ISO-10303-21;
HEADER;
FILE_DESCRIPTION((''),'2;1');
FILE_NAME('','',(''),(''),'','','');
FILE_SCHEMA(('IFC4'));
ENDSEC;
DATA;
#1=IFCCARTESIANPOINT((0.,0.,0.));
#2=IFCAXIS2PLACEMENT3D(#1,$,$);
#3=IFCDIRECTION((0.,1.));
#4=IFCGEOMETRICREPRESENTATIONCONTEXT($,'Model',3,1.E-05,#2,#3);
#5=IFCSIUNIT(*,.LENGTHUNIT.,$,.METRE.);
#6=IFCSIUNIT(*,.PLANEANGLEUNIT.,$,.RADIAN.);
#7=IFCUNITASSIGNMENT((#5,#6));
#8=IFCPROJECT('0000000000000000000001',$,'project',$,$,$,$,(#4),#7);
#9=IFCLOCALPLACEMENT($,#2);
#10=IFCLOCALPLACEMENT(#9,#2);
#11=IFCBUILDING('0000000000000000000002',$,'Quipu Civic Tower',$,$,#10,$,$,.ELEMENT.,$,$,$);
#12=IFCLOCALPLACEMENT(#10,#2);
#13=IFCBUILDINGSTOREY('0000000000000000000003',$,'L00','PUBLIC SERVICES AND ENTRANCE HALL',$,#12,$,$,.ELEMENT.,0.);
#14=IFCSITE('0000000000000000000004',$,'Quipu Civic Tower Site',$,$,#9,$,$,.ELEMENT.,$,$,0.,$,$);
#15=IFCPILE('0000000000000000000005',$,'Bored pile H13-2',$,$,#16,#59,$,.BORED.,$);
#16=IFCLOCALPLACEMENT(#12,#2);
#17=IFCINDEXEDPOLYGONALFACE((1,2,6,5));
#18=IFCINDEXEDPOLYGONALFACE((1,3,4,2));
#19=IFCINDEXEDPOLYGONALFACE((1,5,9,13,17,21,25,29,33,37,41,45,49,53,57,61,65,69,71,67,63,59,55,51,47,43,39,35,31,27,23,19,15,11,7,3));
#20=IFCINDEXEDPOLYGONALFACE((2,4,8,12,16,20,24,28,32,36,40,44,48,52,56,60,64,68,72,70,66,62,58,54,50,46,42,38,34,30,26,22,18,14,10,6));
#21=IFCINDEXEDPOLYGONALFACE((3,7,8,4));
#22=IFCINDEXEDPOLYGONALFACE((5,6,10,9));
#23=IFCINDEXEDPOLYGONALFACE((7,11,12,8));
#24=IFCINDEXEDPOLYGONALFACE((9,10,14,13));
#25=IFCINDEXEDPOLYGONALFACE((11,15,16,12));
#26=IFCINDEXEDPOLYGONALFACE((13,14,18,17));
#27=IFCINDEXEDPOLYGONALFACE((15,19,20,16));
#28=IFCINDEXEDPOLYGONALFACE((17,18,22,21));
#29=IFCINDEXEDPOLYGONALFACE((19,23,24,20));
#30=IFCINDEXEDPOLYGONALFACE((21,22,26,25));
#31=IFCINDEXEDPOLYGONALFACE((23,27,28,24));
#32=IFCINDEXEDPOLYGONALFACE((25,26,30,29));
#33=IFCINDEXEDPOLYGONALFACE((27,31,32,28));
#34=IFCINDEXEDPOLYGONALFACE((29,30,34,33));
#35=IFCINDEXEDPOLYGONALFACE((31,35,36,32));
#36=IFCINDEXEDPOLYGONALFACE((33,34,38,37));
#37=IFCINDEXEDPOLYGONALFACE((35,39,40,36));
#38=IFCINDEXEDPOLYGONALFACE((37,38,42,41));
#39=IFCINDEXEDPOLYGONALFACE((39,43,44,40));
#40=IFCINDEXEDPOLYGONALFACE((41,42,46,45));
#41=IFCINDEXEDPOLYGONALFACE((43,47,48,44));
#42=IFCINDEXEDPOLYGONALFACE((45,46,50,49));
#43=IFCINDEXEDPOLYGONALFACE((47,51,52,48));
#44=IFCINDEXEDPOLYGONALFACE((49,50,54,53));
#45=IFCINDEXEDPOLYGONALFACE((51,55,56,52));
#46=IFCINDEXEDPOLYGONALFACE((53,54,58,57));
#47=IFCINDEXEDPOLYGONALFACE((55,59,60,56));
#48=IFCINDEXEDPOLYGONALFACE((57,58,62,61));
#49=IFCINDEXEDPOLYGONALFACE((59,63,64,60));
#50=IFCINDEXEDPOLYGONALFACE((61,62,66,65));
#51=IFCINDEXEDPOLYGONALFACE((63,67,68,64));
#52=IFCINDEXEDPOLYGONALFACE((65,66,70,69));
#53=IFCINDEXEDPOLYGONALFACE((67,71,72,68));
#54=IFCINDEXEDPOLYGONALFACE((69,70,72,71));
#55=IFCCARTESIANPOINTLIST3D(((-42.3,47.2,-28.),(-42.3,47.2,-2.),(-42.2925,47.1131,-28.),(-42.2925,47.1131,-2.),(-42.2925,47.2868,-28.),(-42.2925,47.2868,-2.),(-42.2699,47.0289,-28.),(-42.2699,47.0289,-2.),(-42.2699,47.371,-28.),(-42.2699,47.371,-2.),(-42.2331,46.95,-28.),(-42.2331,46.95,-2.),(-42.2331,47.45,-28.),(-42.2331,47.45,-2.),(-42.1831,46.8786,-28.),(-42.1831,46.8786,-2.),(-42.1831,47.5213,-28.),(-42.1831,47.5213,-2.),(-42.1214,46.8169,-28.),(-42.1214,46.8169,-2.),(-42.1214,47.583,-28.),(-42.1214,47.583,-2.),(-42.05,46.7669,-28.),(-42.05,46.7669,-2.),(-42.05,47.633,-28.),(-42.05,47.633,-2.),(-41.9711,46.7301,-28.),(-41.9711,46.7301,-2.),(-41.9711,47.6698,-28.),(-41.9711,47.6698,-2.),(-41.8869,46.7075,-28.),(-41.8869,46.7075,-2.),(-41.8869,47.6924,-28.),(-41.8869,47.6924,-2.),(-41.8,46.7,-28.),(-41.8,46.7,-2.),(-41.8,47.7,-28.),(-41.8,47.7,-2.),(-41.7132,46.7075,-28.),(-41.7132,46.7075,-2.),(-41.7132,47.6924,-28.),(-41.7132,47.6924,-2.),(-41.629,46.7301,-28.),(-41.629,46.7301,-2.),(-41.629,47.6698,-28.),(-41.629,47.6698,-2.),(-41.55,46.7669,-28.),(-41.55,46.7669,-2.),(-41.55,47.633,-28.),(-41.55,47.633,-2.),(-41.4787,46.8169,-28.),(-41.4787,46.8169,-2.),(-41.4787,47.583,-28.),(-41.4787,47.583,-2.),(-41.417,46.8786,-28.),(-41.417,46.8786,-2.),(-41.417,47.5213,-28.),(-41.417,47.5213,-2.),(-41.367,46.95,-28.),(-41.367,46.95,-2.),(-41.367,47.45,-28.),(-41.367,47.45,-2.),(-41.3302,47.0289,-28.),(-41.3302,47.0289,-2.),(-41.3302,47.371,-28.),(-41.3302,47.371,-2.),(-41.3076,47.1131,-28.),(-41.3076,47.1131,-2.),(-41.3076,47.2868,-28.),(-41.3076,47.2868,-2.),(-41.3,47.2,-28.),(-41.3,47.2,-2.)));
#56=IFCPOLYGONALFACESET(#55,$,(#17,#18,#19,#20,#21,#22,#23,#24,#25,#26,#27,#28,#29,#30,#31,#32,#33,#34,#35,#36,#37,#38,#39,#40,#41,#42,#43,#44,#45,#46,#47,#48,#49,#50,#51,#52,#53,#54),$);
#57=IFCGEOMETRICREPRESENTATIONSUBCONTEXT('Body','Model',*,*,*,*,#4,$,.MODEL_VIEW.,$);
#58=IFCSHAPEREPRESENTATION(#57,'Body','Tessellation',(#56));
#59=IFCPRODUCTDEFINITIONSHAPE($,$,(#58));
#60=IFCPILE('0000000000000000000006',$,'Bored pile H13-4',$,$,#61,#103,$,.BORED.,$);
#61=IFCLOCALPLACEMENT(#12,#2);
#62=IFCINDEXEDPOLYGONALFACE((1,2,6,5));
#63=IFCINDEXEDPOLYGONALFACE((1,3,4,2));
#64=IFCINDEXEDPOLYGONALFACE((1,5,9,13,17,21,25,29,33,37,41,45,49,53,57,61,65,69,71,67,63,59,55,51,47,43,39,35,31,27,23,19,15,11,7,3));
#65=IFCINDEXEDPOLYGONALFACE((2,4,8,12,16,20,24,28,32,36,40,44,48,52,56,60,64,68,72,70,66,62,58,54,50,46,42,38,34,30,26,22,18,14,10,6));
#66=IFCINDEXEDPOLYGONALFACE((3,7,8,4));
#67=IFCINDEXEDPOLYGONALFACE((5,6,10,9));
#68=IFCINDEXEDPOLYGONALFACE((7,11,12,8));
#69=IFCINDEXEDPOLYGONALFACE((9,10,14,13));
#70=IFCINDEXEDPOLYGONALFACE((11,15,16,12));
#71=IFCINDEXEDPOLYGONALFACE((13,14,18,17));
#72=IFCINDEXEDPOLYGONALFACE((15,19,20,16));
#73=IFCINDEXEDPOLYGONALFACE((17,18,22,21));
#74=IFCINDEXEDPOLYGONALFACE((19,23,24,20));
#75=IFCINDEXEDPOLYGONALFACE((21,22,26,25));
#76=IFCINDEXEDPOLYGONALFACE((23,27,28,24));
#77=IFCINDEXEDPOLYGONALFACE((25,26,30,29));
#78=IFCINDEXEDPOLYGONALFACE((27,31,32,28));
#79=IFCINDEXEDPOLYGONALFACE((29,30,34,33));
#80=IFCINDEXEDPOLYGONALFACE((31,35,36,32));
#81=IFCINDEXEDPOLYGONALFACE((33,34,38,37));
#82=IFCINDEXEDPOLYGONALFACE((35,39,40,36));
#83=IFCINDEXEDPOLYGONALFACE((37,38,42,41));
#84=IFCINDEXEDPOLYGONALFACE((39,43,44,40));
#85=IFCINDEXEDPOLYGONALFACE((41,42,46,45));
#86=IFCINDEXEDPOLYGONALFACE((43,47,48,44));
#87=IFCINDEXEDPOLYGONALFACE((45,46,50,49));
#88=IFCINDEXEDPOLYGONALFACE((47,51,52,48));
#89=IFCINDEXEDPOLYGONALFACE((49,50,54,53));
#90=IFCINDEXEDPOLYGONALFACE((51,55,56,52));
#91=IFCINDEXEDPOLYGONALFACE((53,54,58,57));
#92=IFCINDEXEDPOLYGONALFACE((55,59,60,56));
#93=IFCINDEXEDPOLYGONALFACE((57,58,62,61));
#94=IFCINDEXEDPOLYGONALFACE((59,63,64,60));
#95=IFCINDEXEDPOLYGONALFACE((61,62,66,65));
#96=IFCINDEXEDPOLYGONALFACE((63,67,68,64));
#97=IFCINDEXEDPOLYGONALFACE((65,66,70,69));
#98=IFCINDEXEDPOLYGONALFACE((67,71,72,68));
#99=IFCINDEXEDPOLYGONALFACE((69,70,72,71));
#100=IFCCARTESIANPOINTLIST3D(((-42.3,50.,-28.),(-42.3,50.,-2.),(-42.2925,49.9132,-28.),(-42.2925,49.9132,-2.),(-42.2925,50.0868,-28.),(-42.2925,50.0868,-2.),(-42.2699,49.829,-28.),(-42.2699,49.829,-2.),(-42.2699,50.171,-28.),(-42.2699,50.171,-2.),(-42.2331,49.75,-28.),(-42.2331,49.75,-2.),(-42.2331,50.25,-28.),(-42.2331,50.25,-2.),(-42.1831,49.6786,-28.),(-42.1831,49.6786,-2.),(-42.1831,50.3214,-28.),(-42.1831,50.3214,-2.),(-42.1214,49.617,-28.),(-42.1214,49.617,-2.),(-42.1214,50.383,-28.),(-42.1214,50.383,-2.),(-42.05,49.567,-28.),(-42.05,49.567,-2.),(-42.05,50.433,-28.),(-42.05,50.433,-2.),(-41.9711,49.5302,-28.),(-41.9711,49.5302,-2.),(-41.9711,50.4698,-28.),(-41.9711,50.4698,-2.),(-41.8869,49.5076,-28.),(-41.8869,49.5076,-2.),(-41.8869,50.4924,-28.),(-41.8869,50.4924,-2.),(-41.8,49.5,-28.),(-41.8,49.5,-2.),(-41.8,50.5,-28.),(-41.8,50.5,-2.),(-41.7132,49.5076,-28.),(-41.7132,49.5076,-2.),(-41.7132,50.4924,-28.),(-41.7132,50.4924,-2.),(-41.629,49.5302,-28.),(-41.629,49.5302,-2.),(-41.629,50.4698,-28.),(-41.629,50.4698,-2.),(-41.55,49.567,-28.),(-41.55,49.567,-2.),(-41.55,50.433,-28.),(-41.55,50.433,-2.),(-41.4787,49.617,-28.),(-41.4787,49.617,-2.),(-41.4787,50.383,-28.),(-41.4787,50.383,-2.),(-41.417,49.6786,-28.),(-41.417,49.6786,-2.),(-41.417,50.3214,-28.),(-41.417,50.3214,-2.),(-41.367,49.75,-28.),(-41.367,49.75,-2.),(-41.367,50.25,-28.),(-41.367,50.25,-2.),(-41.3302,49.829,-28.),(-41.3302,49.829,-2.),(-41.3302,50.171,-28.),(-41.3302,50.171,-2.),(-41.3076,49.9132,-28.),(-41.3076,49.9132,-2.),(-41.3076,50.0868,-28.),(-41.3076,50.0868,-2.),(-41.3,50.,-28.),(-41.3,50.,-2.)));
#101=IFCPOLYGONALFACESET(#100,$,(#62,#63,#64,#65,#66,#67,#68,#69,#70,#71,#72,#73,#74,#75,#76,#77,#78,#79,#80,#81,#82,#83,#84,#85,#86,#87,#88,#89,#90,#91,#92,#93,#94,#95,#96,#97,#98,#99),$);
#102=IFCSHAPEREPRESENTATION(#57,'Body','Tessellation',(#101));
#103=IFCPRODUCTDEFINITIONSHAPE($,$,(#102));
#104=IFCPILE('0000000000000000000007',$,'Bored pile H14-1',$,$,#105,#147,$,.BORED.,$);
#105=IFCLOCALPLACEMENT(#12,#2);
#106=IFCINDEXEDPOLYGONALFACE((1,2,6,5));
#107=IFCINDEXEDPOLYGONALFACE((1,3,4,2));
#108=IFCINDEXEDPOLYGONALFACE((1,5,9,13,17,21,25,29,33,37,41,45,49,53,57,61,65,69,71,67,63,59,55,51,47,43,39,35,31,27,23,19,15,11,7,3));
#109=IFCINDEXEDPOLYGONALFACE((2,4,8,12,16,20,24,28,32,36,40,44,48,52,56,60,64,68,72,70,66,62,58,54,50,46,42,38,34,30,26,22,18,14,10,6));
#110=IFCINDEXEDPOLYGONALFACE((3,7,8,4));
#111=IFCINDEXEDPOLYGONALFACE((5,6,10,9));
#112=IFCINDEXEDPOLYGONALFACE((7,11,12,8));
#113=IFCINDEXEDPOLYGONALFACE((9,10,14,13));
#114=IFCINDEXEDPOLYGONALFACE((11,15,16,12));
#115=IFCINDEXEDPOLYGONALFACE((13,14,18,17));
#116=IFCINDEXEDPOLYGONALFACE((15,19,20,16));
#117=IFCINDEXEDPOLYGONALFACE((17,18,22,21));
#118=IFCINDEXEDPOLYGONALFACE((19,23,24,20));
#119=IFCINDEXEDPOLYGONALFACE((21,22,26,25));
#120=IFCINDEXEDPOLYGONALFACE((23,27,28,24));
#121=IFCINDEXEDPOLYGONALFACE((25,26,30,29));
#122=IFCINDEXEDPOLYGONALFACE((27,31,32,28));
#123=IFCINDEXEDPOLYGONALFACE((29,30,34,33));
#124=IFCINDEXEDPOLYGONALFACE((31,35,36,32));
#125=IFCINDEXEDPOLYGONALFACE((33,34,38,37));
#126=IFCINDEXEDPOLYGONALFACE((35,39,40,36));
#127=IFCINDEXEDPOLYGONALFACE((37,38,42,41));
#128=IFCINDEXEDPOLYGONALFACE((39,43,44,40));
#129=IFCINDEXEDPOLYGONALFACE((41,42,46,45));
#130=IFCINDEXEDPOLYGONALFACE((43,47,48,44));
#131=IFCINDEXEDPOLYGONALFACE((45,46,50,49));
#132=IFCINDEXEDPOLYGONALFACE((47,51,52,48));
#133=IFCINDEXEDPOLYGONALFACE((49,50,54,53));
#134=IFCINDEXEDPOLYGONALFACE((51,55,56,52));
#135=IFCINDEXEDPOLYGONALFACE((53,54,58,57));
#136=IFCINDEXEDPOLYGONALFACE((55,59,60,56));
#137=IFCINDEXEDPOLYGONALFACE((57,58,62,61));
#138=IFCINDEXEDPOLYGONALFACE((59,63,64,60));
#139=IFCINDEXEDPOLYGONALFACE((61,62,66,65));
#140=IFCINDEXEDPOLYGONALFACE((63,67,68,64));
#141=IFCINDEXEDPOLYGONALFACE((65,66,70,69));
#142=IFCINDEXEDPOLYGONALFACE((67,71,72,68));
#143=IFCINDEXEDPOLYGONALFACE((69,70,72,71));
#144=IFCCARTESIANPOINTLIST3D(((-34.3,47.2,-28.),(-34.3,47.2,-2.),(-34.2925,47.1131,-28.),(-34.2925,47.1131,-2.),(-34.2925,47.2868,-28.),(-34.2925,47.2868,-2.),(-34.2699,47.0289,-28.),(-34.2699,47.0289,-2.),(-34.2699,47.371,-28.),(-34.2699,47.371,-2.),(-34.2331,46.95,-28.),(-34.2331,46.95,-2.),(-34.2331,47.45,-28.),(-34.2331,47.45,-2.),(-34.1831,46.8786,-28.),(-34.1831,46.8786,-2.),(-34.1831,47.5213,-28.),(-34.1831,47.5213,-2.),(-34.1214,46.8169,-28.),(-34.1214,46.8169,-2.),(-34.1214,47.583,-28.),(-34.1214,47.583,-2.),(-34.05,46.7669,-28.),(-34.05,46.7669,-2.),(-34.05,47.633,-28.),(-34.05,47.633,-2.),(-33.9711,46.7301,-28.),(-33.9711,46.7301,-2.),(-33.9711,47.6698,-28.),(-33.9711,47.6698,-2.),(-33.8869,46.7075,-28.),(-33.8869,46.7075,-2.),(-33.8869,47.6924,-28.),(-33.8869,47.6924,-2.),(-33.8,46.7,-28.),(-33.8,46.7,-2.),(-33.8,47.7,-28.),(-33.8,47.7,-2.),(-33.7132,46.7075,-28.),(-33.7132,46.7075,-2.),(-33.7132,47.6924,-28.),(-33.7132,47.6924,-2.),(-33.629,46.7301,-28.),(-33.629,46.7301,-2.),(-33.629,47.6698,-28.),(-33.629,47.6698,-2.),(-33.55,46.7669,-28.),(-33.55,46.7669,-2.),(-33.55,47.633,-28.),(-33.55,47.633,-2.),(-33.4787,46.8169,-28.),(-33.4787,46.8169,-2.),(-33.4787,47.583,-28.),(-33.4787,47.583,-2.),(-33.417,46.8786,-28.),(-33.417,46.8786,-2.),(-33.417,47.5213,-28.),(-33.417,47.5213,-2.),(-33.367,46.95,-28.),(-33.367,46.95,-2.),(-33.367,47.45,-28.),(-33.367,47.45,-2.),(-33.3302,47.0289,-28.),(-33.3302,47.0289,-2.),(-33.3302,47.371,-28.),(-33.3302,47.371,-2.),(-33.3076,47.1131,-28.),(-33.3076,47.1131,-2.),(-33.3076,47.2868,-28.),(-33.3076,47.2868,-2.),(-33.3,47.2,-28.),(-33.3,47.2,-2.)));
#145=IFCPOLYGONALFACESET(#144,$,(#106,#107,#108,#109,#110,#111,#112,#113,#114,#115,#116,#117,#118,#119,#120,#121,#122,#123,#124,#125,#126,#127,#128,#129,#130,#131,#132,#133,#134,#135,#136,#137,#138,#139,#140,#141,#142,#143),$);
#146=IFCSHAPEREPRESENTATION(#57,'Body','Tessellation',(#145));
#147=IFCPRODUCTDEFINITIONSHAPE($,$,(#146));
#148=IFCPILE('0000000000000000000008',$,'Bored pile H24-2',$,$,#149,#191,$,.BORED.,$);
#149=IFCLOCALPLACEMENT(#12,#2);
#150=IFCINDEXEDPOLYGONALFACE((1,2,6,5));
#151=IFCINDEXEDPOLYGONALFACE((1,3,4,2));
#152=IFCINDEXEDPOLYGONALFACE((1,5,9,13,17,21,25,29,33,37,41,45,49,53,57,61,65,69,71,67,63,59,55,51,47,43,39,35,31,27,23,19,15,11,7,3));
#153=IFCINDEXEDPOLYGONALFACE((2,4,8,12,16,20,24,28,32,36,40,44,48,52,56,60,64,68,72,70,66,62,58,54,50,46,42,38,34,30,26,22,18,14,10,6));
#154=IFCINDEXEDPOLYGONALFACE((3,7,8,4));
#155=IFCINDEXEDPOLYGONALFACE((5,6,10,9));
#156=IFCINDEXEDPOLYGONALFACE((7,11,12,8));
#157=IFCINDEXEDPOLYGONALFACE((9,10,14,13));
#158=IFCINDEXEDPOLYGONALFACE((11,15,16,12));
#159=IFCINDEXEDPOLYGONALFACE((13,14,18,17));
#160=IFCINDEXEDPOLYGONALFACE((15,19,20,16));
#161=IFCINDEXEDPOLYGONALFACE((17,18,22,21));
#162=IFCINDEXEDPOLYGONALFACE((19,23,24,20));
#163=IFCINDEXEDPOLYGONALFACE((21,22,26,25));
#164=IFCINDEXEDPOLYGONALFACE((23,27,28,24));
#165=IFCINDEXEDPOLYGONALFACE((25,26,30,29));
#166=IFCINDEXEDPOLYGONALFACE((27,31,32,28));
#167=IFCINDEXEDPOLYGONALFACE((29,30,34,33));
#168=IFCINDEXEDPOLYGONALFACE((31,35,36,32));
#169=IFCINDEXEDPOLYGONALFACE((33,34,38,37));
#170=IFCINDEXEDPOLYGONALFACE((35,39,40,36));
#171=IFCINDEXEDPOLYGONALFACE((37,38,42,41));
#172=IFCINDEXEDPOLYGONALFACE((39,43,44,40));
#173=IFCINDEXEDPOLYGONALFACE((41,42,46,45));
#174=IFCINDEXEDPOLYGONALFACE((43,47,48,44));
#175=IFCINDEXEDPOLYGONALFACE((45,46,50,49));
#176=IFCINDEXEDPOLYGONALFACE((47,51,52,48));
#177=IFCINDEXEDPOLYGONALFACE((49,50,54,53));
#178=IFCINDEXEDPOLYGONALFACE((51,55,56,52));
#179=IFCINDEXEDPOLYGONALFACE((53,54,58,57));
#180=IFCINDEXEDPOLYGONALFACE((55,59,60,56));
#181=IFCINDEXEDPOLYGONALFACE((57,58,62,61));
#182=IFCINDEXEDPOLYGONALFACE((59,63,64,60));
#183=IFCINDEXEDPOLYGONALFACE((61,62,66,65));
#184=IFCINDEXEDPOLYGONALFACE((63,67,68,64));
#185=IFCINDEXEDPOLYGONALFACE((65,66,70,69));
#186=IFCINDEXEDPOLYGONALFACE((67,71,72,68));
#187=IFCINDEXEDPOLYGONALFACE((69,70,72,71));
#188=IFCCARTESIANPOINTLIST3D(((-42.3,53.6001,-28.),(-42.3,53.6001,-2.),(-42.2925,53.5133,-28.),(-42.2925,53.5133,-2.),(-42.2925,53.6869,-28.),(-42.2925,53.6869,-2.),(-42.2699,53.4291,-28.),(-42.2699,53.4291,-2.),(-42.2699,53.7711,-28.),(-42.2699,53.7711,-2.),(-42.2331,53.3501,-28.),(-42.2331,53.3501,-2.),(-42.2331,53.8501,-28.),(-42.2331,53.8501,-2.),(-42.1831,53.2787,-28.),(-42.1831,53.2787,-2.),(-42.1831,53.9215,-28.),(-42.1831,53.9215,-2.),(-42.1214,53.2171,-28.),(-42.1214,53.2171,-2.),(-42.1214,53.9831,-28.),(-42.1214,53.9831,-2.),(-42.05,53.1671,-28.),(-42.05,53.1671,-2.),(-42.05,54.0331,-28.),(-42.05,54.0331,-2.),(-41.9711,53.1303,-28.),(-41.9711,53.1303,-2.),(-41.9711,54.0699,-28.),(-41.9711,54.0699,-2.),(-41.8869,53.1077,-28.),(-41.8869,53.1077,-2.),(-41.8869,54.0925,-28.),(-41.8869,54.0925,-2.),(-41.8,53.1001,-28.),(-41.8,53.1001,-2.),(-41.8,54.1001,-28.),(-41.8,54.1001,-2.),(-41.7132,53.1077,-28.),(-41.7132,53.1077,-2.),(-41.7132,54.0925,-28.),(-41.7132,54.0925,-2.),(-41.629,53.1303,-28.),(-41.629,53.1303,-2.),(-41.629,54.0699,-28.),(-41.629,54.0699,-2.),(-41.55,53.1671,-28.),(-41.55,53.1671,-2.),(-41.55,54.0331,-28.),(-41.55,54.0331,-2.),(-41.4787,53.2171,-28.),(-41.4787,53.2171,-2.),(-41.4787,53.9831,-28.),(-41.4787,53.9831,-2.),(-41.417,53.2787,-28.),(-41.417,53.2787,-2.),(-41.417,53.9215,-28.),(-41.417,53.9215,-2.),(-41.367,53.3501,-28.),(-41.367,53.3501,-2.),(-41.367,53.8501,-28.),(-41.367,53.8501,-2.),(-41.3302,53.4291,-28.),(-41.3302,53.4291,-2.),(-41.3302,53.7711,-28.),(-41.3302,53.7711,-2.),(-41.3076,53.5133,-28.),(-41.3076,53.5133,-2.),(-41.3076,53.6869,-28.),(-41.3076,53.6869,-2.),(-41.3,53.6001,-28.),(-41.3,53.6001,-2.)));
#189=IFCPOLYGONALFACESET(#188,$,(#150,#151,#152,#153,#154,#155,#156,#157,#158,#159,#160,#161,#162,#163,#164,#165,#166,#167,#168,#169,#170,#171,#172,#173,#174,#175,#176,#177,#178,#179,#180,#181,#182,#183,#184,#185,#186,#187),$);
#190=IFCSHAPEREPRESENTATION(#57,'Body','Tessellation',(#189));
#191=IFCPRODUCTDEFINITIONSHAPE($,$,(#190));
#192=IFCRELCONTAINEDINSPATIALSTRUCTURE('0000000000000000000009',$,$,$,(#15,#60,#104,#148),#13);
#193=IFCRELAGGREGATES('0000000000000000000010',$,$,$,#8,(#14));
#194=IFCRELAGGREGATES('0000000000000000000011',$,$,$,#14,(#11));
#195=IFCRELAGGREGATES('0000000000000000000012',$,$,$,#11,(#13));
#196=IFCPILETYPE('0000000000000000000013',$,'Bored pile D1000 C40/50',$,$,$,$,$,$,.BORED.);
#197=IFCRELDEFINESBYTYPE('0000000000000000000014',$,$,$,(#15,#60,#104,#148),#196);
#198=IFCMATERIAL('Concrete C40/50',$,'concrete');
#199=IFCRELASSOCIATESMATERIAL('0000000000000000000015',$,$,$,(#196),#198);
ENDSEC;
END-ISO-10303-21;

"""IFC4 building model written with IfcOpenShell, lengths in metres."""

from ifc_helpers import new_model, si_unit, direction, frame, origin, origin_2d, place, context, subcontext, project, spatial, circle, extrude, material, material_profile, profile_set, type_object, element, save


model = new_model("IFC4")

# Units and contexts
model_context = context("Model", 3, precision=1e-05, world=origin(), true_north=direction((0.0, 1.0)))
body_context = subcontext(model_context, "Body", "Model", "MODEL_VIEW")
ifc_project = project(units=[si_unit("LENGTHUNIT", "METRE"), si_unit("PLANEANGLEUNIT", "RADIAN")], contexts=[model_context])

# Site, building, storey
site_placement = place(None, origin())
site = spatial("IfcSite", under=ifc_project, at=site_placement, Name="Quipu Civic Tower Site", CompositionType="ELEMENT", RefElevation=0.0)
building_placement = place(site_placement, origin())
building = spatial("IfcBuilding", under=site, at=building_placement, Name="Quipu Civic Tower", CompositionType="ELEMENT")
storey_placement = place(building_placement, origin())
storey = spatial("IfcBuildingStorey", under=building, at=storey_placement, Name="L00", Description="PUBLIC SERVICES AND ENTRANCE HALL", CompositionType="ELEMENT", Elevation=0.0)

# Piles
ifc_material_1 = material(Name="Concrete C40/50", Category="concrete")
ifc_material_profile_1 = material_profile(ifc_material_1, circle(Radius=0.5, at=origin_2d()), Name="RCD1000")
ifc_profile_set_1 = profile_set([ifc_material_profile_1], Name="Concrete C40/50")
pile_type = type_object("IfcPileType", Name="Bored pile D1000 C40/50", PredefinedType="BORED", material=ifc_profile_set_1)
for number, where, z_axis, x_axis, name in (
    (1, (-41.8, 47.2, -2.0), (0.0, 0.0, -1.0), (1.0, 0.0, 0.0), "Bored pile H13-2"),
    (2, (-41.8, 50.0, -2.0), (0.0, 0.0, -1.0), (1.0, 0.0, 0.0), "Bored pile H13-4"),
    (3, (-33.8, 47.2, -2.0), (0.0, 0.0, -1.0), (1.0, 0.0, 0.0), "Bored pile H14-1"),
    (4, (-41.8, 53.6001, -2.0), (0.0, 0.0, -1.0), (1.0, 0.0, 0.0), "Bored pile H24-2"),
):
    element("IfcPile", number, at=place(storey_placement, frame(where, z_axis=z_axis, x_axis=x_axis)), inside=storey, type_object=pile_type, Name=name, PredefinedType="BORED", context=body_context, shape_type="SweptSolid", body=[
        extrude(circle(Radius=0.5, at=origin_2d()), origin(), (0.0, 0.0, 1.0), 26.0),
    ])

save(model, "model.ifc")
